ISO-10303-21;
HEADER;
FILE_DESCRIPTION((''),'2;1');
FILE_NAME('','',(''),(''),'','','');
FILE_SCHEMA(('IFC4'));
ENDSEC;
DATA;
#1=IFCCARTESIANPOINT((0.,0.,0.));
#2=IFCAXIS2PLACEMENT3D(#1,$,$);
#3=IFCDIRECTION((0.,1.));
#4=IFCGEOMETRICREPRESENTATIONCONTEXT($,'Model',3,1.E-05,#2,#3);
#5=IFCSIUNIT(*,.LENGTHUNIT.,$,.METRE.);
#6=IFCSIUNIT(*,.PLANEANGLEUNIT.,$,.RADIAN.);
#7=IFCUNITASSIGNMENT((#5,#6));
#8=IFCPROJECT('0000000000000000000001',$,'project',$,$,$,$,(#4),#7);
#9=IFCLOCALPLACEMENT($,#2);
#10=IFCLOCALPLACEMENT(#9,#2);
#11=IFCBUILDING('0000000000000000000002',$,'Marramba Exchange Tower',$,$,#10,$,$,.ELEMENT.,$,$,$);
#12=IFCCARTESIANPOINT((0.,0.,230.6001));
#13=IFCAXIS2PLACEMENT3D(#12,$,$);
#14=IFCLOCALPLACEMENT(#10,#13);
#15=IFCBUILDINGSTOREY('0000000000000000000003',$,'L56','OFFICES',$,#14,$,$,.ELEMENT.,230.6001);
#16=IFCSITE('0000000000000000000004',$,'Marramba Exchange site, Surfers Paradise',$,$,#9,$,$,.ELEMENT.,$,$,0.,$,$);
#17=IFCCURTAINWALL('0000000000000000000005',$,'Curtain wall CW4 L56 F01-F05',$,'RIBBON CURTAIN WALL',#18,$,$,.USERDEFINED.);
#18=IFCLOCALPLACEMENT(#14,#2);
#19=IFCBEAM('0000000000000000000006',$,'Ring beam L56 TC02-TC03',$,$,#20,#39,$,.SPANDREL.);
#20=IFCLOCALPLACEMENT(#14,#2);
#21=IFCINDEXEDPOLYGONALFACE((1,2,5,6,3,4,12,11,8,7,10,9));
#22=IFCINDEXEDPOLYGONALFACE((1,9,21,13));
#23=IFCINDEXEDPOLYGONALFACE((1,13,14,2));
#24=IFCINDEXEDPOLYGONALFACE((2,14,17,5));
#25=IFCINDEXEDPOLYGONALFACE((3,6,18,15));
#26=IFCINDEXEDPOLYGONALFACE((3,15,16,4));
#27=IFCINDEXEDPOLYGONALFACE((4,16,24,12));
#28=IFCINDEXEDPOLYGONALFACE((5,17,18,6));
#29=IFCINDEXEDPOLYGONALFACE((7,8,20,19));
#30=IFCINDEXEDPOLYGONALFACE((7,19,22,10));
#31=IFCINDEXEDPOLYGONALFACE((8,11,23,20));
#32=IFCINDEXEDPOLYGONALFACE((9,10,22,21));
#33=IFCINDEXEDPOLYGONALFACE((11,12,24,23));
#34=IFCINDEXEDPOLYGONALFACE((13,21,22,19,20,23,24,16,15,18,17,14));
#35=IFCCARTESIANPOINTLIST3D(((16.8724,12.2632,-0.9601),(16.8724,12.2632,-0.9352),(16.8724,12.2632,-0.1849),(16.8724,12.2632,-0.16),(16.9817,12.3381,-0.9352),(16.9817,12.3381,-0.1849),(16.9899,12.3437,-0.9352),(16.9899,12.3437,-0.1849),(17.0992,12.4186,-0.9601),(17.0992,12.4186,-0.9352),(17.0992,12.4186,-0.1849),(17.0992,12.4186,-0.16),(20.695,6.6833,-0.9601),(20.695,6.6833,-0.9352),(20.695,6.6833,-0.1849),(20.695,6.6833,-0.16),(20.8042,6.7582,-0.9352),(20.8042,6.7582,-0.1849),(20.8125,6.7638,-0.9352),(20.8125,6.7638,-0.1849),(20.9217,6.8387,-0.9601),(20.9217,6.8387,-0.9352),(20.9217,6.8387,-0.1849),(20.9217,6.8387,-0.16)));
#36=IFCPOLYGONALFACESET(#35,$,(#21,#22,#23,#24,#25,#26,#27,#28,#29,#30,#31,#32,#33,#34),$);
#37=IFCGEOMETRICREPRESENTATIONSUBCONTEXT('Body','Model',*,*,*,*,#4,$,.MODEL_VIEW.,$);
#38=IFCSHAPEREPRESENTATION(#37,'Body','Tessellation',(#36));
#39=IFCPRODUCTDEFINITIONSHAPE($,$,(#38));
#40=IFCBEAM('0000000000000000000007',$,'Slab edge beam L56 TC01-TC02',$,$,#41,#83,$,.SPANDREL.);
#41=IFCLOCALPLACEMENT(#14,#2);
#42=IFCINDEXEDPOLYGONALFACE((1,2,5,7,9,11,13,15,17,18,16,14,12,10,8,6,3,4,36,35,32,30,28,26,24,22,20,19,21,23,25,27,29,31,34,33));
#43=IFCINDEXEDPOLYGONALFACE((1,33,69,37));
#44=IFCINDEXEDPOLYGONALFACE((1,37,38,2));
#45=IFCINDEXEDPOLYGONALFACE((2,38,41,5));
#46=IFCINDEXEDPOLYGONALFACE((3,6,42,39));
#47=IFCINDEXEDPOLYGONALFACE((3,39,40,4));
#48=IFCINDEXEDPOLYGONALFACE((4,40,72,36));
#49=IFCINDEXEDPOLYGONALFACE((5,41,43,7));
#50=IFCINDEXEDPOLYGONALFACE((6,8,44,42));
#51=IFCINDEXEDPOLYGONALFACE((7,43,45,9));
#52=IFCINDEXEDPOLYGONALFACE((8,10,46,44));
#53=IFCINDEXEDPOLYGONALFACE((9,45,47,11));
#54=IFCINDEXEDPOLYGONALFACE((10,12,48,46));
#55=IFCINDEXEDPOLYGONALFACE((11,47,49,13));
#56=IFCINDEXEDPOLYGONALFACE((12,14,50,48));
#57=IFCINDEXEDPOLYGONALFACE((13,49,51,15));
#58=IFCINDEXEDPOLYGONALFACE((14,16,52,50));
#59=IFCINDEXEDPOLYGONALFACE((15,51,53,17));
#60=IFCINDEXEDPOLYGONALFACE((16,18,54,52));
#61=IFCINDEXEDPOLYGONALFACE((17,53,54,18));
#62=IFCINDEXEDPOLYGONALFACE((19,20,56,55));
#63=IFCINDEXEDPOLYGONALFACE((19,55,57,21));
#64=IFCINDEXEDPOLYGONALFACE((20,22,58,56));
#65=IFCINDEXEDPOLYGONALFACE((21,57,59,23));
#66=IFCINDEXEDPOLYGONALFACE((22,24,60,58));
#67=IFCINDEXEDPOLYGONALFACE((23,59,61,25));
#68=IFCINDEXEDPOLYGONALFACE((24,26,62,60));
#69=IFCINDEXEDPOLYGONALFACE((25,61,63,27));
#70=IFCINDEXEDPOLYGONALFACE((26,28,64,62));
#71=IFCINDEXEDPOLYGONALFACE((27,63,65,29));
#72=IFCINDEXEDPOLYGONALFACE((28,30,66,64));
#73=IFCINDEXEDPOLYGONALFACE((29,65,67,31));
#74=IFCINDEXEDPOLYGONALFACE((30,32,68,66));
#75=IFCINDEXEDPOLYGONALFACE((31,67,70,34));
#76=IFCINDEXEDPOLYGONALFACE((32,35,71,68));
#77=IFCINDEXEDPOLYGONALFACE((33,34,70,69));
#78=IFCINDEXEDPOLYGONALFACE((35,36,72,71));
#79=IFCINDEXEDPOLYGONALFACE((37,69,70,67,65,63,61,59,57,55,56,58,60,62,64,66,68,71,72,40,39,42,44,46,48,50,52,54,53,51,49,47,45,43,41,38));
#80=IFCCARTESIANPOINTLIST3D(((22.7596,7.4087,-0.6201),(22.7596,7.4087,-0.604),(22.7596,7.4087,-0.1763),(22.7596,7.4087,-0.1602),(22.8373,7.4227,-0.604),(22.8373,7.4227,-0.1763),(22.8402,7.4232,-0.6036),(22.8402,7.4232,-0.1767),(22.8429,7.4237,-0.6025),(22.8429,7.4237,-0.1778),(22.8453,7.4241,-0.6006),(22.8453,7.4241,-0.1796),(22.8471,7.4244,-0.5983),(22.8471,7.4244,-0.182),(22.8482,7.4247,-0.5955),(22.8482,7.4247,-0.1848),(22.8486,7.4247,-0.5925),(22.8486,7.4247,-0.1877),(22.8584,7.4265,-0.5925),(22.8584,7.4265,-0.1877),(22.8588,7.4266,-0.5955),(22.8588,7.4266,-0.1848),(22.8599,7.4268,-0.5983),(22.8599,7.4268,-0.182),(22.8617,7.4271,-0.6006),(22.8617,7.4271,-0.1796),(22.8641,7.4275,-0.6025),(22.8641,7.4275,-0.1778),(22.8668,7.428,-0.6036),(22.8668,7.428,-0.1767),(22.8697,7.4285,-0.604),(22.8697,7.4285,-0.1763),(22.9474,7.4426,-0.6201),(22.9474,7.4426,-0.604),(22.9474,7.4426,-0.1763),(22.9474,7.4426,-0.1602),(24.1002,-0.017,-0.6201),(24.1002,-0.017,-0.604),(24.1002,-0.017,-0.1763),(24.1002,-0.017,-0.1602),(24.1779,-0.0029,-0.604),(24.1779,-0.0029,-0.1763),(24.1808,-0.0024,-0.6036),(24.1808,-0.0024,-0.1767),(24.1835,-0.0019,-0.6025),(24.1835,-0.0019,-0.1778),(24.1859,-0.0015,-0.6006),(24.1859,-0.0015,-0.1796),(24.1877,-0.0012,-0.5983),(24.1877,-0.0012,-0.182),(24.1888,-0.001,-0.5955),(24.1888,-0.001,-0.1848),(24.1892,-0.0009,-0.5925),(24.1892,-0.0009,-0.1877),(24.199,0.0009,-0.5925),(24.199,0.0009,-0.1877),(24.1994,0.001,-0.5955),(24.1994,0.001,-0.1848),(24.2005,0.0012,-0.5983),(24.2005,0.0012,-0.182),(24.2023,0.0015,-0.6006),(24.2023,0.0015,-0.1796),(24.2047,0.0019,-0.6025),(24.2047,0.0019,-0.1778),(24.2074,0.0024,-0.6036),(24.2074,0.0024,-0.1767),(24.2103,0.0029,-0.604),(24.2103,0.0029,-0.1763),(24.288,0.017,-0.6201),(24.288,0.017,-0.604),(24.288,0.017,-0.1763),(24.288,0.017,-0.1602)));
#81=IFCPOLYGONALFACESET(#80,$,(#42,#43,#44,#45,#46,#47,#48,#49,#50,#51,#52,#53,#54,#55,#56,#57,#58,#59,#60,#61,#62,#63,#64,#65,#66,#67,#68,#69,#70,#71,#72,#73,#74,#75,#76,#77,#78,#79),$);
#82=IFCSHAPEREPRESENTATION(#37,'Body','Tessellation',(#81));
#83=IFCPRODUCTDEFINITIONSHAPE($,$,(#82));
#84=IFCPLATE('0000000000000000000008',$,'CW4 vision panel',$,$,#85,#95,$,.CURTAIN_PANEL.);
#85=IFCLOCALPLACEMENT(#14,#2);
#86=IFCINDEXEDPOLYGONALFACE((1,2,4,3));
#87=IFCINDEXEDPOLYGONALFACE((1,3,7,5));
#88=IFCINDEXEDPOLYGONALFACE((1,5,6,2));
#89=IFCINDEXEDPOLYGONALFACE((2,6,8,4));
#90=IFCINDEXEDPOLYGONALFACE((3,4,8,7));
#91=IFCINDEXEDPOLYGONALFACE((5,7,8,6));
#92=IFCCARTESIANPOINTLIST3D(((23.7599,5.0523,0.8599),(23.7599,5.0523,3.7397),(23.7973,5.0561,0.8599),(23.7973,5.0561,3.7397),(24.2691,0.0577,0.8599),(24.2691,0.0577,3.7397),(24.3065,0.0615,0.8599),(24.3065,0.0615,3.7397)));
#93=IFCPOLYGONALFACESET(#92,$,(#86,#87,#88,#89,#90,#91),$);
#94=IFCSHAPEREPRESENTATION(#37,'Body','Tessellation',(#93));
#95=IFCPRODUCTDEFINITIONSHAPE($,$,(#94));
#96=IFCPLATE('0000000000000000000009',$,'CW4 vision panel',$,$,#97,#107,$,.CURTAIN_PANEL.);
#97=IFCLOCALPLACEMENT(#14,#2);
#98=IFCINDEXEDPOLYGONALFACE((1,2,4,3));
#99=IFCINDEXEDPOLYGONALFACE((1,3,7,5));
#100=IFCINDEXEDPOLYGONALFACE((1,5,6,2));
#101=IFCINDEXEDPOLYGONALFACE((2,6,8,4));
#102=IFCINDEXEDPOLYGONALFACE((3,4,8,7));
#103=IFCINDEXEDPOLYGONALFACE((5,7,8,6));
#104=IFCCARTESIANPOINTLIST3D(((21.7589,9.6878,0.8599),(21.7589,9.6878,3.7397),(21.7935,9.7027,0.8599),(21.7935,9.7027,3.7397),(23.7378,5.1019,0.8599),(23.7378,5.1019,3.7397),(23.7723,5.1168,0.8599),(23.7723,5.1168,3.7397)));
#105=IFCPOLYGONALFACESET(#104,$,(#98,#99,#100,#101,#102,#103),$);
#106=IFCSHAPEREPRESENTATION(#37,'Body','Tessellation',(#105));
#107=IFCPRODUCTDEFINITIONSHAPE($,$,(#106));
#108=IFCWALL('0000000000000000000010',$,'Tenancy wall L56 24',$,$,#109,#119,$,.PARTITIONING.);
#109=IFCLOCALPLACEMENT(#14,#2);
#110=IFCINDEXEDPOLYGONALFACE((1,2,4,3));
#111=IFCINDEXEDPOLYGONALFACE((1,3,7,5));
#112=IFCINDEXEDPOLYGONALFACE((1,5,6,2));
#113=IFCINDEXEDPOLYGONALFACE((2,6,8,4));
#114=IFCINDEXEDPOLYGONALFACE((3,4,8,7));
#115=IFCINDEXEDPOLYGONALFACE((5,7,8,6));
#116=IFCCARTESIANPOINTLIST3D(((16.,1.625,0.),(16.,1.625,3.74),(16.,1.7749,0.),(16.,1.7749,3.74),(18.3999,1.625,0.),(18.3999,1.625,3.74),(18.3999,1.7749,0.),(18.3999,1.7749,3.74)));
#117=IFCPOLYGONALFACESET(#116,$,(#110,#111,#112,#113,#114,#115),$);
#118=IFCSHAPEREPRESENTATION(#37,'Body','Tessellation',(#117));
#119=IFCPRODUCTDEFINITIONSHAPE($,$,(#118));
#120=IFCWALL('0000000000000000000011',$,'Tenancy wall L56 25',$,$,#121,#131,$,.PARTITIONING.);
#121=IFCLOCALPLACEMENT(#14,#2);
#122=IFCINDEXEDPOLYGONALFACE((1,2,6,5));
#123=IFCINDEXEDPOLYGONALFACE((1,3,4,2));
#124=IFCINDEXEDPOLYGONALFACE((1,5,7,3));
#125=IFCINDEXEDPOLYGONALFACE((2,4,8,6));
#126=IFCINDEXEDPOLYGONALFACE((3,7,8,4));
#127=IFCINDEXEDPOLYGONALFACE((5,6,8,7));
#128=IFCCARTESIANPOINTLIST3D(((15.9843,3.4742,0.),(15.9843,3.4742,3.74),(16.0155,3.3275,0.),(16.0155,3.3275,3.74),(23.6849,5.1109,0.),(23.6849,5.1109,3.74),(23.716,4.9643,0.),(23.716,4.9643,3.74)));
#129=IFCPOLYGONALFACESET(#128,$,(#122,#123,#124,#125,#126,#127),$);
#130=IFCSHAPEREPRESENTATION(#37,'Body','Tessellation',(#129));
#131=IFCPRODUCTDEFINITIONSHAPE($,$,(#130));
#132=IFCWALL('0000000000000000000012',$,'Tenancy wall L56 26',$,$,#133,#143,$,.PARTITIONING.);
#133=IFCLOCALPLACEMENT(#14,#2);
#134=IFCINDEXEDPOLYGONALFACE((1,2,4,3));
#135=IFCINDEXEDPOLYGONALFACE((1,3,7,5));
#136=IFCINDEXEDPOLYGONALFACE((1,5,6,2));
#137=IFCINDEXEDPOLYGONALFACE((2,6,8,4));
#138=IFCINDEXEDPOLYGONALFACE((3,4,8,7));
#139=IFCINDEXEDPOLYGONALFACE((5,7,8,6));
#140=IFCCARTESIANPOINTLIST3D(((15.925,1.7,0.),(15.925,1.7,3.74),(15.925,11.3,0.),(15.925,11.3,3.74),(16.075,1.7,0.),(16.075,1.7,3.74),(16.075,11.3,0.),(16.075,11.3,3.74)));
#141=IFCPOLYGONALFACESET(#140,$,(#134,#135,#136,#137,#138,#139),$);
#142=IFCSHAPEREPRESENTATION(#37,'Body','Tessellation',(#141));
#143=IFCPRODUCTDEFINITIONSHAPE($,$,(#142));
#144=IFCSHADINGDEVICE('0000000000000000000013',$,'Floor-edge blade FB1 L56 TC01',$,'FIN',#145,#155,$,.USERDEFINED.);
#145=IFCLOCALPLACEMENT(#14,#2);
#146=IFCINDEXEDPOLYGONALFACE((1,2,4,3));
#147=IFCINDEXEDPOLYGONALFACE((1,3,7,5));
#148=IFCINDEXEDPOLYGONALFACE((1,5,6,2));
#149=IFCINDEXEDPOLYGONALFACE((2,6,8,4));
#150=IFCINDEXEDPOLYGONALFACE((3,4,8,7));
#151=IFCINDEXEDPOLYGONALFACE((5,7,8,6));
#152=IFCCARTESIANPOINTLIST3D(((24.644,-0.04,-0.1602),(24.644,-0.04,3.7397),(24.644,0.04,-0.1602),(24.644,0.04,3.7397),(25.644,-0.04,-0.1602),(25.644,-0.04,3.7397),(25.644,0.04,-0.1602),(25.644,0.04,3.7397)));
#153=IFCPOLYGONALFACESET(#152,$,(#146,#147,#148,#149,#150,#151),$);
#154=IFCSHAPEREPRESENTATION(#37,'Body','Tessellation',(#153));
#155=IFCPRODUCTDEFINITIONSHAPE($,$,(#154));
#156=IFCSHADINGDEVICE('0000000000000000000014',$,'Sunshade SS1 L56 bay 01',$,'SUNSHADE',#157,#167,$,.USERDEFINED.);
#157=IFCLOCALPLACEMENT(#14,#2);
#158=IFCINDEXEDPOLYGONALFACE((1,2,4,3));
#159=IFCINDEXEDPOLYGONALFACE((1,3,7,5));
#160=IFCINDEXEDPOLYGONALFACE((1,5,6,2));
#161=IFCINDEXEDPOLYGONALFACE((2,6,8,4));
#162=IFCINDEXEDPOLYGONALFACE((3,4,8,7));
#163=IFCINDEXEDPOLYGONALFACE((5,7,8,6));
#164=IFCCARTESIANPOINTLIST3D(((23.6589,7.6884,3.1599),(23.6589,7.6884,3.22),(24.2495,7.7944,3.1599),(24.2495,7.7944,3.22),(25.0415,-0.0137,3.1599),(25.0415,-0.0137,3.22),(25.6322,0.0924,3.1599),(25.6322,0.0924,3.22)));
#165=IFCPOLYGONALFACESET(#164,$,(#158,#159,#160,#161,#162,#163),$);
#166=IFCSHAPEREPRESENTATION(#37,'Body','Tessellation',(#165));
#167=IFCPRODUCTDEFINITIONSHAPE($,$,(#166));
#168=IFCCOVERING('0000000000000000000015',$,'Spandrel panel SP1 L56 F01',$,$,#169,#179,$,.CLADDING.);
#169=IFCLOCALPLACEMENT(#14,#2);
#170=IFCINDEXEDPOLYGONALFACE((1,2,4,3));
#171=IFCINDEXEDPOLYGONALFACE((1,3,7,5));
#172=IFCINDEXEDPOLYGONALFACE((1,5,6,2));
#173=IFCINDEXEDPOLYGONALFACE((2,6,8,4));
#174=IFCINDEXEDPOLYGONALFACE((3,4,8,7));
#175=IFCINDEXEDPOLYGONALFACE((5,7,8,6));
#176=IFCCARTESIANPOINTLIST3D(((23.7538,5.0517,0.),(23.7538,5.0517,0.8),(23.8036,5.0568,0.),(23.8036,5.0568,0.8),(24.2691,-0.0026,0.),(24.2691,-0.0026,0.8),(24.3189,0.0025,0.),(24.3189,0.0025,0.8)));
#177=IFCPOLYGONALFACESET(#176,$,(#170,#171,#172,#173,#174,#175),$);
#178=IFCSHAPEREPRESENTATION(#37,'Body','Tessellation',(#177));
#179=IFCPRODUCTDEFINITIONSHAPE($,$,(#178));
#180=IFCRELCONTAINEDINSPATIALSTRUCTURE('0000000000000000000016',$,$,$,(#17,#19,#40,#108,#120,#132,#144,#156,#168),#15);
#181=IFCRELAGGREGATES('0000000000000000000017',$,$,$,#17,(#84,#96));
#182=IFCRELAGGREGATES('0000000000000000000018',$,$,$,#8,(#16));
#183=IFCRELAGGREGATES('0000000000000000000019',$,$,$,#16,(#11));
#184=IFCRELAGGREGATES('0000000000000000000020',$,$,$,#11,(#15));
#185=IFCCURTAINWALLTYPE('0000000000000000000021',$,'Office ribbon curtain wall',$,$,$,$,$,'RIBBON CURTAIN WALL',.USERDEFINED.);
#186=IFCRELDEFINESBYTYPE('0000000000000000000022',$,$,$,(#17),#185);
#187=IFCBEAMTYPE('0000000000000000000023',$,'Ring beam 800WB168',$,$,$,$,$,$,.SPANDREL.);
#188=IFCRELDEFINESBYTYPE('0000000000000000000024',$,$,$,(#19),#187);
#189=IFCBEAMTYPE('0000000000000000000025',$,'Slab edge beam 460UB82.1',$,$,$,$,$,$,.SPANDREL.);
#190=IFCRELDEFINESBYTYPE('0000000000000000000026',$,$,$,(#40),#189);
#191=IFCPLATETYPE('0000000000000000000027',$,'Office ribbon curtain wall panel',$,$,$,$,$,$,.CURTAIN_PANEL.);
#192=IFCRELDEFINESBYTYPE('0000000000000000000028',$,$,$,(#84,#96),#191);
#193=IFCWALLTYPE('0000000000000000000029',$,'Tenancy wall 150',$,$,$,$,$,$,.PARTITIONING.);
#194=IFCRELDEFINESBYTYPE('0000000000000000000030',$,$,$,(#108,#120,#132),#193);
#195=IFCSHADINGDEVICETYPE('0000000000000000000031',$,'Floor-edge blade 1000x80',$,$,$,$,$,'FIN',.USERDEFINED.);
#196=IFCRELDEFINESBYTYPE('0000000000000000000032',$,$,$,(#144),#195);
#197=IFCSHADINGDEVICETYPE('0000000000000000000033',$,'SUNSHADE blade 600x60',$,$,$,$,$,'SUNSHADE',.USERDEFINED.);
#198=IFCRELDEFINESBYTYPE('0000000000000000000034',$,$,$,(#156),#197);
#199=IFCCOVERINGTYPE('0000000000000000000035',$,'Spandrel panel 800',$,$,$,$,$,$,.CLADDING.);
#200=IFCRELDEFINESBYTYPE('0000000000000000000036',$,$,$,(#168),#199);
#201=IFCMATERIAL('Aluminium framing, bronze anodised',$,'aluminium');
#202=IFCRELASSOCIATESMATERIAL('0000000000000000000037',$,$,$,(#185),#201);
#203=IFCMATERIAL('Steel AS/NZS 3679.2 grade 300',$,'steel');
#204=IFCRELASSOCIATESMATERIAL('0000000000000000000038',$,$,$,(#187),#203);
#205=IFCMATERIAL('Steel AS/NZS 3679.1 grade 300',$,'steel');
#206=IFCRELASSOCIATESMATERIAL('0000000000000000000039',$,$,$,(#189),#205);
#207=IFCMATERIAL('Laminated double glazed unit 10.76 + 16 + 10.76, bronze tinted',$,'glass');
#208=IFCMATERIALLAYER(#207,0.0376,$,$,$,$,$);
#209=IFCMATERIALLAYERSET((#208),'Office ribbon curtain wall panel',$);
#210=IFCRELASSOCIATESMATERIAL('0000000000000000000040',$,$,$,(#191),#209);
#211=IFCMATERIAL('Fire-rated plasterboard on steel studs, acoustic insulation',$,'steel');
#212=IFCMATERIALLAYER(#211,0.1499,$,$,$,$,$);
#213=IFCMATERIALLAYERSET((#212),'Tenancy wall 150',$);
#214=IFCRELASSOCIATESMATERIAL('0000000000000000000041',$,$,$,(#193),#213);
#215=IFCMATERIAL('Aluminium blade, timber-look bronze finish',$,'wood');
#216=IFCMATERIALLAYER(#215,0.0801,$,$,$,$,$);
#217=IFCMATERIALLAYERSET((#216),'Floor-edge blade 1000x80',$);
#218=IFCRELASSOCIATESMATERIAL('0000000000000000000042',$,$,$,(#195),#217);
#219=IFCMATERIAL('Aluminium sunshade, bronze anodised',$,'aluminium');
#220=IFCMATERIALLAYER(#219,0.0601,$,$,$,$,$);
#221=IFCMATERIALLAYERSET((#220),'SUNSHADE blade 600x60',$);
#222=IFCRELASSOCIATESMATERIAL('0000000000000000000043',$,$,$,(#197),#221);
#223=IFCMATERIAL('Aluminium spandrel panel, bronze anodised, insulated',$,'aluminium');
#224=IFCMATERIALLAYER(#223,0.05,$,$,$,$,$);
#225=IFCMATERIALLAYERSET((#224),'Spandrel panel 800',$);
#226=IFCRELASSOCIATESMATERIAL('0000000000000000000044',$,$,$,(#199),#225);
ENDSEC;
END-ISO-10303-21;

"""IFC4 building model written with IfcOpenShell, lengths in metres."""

from ifc_helpers import new_model, si_unit, direction, frame, frame_2d, origin, origin_2d, place, context, subcontext, project, spatial, rectangle, i_section, extrude, material, layer, layer_set, material_profile, profile_set, type_object, element, aggregate, save


model = new_model("IFC4")

# Units and contexts
model_context = context("Model", 3, precision=1e-05, world=origin(), true_north=direction((0.0, 1.0)))
body_context = subcontext(model_context, "Body", "Model", "MODEL_VIEW")
ifc_project = project(units=[si_unit("LENGTHUNIT", "METRE"), si_unit("PLANEANGLEUNIT", "RADIAN")], contexts=[model_context])

# Site, building, storey
site_placement = place(None, origin())
site = spatial("IfcSite", under=ifc_project, at=site_placement, Name="Marramba Exchange site, Surfers Paradise", CompositionType="ELEMENT", RefElevation=0.0)
building_placement = place(site_placement, origin())
building = spatial("IfcBuilding", under=site, at=building_placement, Name="Marramba Exchange Tower", CompositionType="ELEMENT")
storey_placement = place(building_placement, frame((0.0, 0.0, 230.6001)))
storey = spatial("IfcBuildingStorey", under=building, at=storey_placement, Name="L56", Description="OFFICES", CompositionType="ELEMENT", Elevation=230.6001)

# Shared definitions
ifc_material_1 = material(Name="Steel AS/NZS 3679.2 grade 300", Category="steel")
ifc_material_2 = material(Name="Steel AS/NZS 3679.1 grade 300", Category="steel")

# Curtain wall
ifc_material_3 = material(Name="Aluminium framing, bronze anodised", Category="aluminium")
curtain_wall_type = type_object("IfcCurtainWallType", Name="Office ribbon curtain wall", ElementType="RIBBON CURTAIN WALL", PredefinedType="USERDEFINED", material=ifc_material_3)
curtain_wall_placement = place(storey_placement, origin())
curtain_wall = element("IfcCurtainWall", 1, at=curtain_wall_placement, inside=storey, type_object=curtain_wall_type, Name="Curtain wall CW4 L56 F01-F05", ObjectType="RIBBON CURTAIN WALL", PredefinedType="USERDEFINED")

# Beams
ifc_material_profile_1 = material_profile(ifc_material_1, i_section(OverallWidth=0.2749, OverallDepth=0.8, WebThickness=0.01, FlangeThickness=0.0249, at=origin_2d()), Name="800WB168")
ifc_profile_set_1 = profile_set([ifc_material_profile_1], Name="Steel AS/NZS 3679.2 grade 300")
beam_type_1 = type_object("IfcBeamType", Name="Ring beam 800WB168", PredefinedType="SPANDREL", material=ifc_profile_set_1)
beam_1_placement = place(storey_placement, frame((20.8083, 6.761, -0.5601), z_axis=(-0.56516, 0.824981, 0.0), x_axis=(-0.824981, -0.56516, 0.0)))
element("IfcBeam", 2, at=beam_1_placement, inside=storey, type_object=beam_type_1, Name="Ring beam L56 TC02-TC03", PredefinedType="SPANDREL", context=body_context, shape_type="SweptSolid", body=[
    extrude(i_section(OverallWidth=0.2749, OverallDepth=0.8, WebThickness=0.01, FlangeThickness=0.0249, at=origin_2d()), origin(), (0.0, 0.0, 1.0), 6.7637),
])
ifc_material_profile_2 = material_profile(ifc_material_2, i_section(OverallWidth=0.1909, OverallDepth=0.46, WebThickness=0.01, FlangeThickness=0.0161, FilletRadius=0.0115, at=origin_2d()), Name="460UB82.1")
ifc_profile_set_2 = profile_set([ifc_material_profile_2], Name="Steel AS/NZS 3679.1 grade 300")
beam_type_2 = type_object("IfcBeamType", Name="Slab edge beam 460UB82.1", PredefinedType="SPANDREL", material=ifc_profile_set_2)
beam_2_placement = place(storey_placement, frame((24.1941, 0.0, -0.3901), z_axis=(-0.177664, 0.984091, 0.0), x_axis=(-0.984091, -0.177664, 0.0)))
element("IfcBeam", 3, at=beam_2_placement, inside=storey, type_object=beam_type_2, Name="Slab edge beam L56 TC01-TC02", PredefinedType="SPANDREL", context=body_context, shape_type="SweptSolid", body=[
    extrude(i_section(OverallWidth=0.1909, OverallDepth=0.46, WebThickness=0.01, FlangeThickness=0.0161, FilletRadius=0.0115, at=origin_2d()), origin(), (0.0, 0.0, 1.0), 7.5457),
])

# Plates
ifc_material_4 = material(Name="Laminated double glazed unit 10.76 + 16 + 10.76, bronze tinted", Category="glass")
ifc_layer_1 = layer(ifc_material_4, 0.0376)
ifc_layer_set_1 = layer_set([ifc_layer_1], Name="Office ribbon curtain wall panel")
plate_type = type_object("IfcPlateType", Name="Office ribbon curtain wall panel", PredefinedType="CURTAIN_PANEL", material=ifc_layer_set_1)
plate_1_placement = place(storey_placement, frame((24.0332, 2.5569, 0.8599), z_axis=(0.0, 0.0, 1.0), x_axis=(-0.101422, 0.994843, 0.0)))
plate_1 = element("IfcPlate", 4, at=plate_1_placement, type_object=plate_type, Name="CW4 vision panel", PredefinedType="CURTAIN_PANEL", context=body_context, shape_type="SweptSolid", body=[
    extrude(rectangle(XDim=5.0205, YDim=0.0376, at=origin_2d()), origin(), (0.0, 0.0, 1.0), 2.8799),
])
plate_2_placement = place(storey_placement, frame((22.7656, 7.4023, 0.8599), z_axis=(0.0, 0.0, 1.0), x_axis=(-0.396193, 0.918167, 0.0)))
plate_2 = element("IfcPlate", 5, at=plate_2_placement, type_object=plate_type, Name="CW4 vision panel", PredefinedType="CURTAIN_PANEL", context=body_context, shape_type="SweptSolid", body=[
    extrude(rectangle(XDim=4.9946, YDim=0.0376, at=origin_2d()), origin(), (0.0, 0.0, 1.0), 2.8799),
])
aggregate(curtain_wall, [plate_1, plate_2])

# Walls
ifc_material_5 = material(Name="Fire-rated plasterboard on steel studs, acoustic insulation", Category="steel")
ifc_layer_2 = layer(ifc_material_5, 0.1499)
ifc_layer_set_2 = layer_set([ifc_layer_2], Name="Tenancy wall 150")
wall_type = type_object("IfcWallType", Name="Tenancy wall 150", PredefinedType="PARTITIONING", material=ifc_layer_set_2)
wall_1_placement = place(storey_placement, frame((18.3999, 1.7, 0.0), z_axis=(0.0, 0.0, 1.0), x_axis=(-1.0, 0.0, 0.0)))
element("IfcWall", 6, at=wall_1_placement, inside=storey, type_object=wall_type, Name="Tenancy wall L56 24", PredefinedType="PARTITIONING", context=body_context, shape_type="SweptSolid", body=[
    extrude(rectangle(XDim=2.3999, YDim=0.1499, at=frame_2d((1.2, 0.0))), origin(), (0.0, 0.0, 1.0), 3.74),
])
wall_2_placement = place(storey_placement, frame((23.7004, 5.0376, 0.0), z_axis=(0.0, 0.0, 1.0), x_axis=(-0.978149, -0.207904, 0.0)))
element("IfcWall", 7, at=wall_2_placement, inside=storey, type_object=wall_type, Name="Tenancy wall L56 25", PredefinedType="PARTITIONING", context=body_context, shape_type="SweptSolid", body=[
    extrude(rectangle(XDim=7.8726, YDim=0.1499, at=frame_2d((3.9363, 0.0))), origin(), (0.0, 0.0, 1.0), 3.74),
])
wall_3_placement = place(storey_placement, frame((16.0, 1.7, 0.0), z_axis=(0.0, 0.0, 1.0), x_axis=(0.0, 1.0, 0.0)))
element("IfcWall", 8, at=wall_3_placement, inside=storey, type_object=wall_type, Name="Tenancy wall L56 26", PredefinedType="PARTITIONING", context=body_context, shape_type="SweptSolid", body=[
    extrude(rectangle(XDim=9.6001, YDim=0.1499, at=frame_2d((4.8, 0.0))), origin(), (0.0, 0.0, 1.0), 3.74),
])

# Shading devices
ifc_material_6 = material(Name="Aluminium blade, timber-look bronze finish", Category="wood")
ifc_layer_3 = layer(ifc_material_6, 0.0801)
ifc_layer_set_3 = layer_set([ifc_layer_3], Name="Floor-edge blade 1000x80")
shading_device_type_1 = type_object("IfcShadingDeviceType", Name="Floor-edge blade 1000x80", ElementType="FIN", PredefinedType="USERDEFINED", material=ifc_layer_set_3)
shading_device_1_placement = place(storey_placement, frame((25.144, 0.0, -0.1602), z_axis=(0.0, 0.0, 1.0), x_axis=(1.0, 0.0, 0.0)))
element("IfcShadingDevice", 9, at=shading_device_1_placement, inside=storey, type_object=shading_device_type_1, Name="Floor-edge blade FB1 L56 TC01", ObjectType="FIN", PredefinedType="USERDEFINED", context=body_context, shape_type="SweptSolid", body=[
    extrude(rectangle(XDim=1.0, YDim=0.0801, at=origin_2d()), origin(), (0.0, 0.0, 1.0), 3.8999),
])
ifc_material_7 = material(Name="Aluminium sunshade, bronze anodised", Category="aluminium")
ifc_layer_4 = layer(ifc_material_7, 0.0601)
ifc_layer_set_4 = layer_set([ifc_layer_4], Name="SUNSHADE blade 600x60")
shading_device_type_2 = type_object("IfcShadingDeviceType", Name="SUNSHADE blade 600x60", ElementType="SUNSHADE", PredefinedType="USERDEFINED", material=ifc_layer_set_4)
shading_device_2_placement = place(storey_placement, frame((24.6455, 3.8904, 3.1599), z_axis=(0.0, 0.0, 1.0), x_axis=(-0.176691, 0.984266, 0.0)))
element("IfcShadingDevice", 10, at=shading_device_2_placement, inside=storey, type_object=shading_device_type_2, Name="Sunshade SS1 L56 bay 01", ObjectType="SUNSHADE", PredefinedType="USERDEFINED", context=body_context, shape_type="SweptSolid", body=[
    extrude(rectangle(XDim=7.8252, YDim=0.6001, at=origin_2d()), origin(), (0.0, 0.0, 1.0), 0.0601),
])

# Covering
ifc_material_8 = material(Name="Aluminium spandrel panel, bronze anodised, insulated", Category="aluminium")
ifc_layer_5 = layer(ifc_material_8, 0.05)
ifc_layer_set_5 = layer_set([ifc_layer_5], Name="Spandrel panel 800")
covering_type = type_object("IfcCoveringType", Name="Spandrel panel 800", PredefinedType="CLADDING", material=ifc_layer_set_5)
covering_1_placement = place(storey_placement, frame((24.0364, 2.5271, 0.0), z_axis=(0.0, 0.0, 1.0), x_axis=(-0.101422, 0.994843, 0.0)))
element("IfcCovering", 11, at=covering_1_placement, inside=storey, type_object=covering_type, Name="Spandrel panel SP1 L56 F01", PredefinedType="CLADDING", context=body_context, shape_type="SweptSolid", body=[
    extrude(rectangle(XDim=5.0806, YDim=0.05, at=origin_2d()), origin(), (0.0, 0.0, 1.0), 0.8),
])

save(model, "model.ifc")
